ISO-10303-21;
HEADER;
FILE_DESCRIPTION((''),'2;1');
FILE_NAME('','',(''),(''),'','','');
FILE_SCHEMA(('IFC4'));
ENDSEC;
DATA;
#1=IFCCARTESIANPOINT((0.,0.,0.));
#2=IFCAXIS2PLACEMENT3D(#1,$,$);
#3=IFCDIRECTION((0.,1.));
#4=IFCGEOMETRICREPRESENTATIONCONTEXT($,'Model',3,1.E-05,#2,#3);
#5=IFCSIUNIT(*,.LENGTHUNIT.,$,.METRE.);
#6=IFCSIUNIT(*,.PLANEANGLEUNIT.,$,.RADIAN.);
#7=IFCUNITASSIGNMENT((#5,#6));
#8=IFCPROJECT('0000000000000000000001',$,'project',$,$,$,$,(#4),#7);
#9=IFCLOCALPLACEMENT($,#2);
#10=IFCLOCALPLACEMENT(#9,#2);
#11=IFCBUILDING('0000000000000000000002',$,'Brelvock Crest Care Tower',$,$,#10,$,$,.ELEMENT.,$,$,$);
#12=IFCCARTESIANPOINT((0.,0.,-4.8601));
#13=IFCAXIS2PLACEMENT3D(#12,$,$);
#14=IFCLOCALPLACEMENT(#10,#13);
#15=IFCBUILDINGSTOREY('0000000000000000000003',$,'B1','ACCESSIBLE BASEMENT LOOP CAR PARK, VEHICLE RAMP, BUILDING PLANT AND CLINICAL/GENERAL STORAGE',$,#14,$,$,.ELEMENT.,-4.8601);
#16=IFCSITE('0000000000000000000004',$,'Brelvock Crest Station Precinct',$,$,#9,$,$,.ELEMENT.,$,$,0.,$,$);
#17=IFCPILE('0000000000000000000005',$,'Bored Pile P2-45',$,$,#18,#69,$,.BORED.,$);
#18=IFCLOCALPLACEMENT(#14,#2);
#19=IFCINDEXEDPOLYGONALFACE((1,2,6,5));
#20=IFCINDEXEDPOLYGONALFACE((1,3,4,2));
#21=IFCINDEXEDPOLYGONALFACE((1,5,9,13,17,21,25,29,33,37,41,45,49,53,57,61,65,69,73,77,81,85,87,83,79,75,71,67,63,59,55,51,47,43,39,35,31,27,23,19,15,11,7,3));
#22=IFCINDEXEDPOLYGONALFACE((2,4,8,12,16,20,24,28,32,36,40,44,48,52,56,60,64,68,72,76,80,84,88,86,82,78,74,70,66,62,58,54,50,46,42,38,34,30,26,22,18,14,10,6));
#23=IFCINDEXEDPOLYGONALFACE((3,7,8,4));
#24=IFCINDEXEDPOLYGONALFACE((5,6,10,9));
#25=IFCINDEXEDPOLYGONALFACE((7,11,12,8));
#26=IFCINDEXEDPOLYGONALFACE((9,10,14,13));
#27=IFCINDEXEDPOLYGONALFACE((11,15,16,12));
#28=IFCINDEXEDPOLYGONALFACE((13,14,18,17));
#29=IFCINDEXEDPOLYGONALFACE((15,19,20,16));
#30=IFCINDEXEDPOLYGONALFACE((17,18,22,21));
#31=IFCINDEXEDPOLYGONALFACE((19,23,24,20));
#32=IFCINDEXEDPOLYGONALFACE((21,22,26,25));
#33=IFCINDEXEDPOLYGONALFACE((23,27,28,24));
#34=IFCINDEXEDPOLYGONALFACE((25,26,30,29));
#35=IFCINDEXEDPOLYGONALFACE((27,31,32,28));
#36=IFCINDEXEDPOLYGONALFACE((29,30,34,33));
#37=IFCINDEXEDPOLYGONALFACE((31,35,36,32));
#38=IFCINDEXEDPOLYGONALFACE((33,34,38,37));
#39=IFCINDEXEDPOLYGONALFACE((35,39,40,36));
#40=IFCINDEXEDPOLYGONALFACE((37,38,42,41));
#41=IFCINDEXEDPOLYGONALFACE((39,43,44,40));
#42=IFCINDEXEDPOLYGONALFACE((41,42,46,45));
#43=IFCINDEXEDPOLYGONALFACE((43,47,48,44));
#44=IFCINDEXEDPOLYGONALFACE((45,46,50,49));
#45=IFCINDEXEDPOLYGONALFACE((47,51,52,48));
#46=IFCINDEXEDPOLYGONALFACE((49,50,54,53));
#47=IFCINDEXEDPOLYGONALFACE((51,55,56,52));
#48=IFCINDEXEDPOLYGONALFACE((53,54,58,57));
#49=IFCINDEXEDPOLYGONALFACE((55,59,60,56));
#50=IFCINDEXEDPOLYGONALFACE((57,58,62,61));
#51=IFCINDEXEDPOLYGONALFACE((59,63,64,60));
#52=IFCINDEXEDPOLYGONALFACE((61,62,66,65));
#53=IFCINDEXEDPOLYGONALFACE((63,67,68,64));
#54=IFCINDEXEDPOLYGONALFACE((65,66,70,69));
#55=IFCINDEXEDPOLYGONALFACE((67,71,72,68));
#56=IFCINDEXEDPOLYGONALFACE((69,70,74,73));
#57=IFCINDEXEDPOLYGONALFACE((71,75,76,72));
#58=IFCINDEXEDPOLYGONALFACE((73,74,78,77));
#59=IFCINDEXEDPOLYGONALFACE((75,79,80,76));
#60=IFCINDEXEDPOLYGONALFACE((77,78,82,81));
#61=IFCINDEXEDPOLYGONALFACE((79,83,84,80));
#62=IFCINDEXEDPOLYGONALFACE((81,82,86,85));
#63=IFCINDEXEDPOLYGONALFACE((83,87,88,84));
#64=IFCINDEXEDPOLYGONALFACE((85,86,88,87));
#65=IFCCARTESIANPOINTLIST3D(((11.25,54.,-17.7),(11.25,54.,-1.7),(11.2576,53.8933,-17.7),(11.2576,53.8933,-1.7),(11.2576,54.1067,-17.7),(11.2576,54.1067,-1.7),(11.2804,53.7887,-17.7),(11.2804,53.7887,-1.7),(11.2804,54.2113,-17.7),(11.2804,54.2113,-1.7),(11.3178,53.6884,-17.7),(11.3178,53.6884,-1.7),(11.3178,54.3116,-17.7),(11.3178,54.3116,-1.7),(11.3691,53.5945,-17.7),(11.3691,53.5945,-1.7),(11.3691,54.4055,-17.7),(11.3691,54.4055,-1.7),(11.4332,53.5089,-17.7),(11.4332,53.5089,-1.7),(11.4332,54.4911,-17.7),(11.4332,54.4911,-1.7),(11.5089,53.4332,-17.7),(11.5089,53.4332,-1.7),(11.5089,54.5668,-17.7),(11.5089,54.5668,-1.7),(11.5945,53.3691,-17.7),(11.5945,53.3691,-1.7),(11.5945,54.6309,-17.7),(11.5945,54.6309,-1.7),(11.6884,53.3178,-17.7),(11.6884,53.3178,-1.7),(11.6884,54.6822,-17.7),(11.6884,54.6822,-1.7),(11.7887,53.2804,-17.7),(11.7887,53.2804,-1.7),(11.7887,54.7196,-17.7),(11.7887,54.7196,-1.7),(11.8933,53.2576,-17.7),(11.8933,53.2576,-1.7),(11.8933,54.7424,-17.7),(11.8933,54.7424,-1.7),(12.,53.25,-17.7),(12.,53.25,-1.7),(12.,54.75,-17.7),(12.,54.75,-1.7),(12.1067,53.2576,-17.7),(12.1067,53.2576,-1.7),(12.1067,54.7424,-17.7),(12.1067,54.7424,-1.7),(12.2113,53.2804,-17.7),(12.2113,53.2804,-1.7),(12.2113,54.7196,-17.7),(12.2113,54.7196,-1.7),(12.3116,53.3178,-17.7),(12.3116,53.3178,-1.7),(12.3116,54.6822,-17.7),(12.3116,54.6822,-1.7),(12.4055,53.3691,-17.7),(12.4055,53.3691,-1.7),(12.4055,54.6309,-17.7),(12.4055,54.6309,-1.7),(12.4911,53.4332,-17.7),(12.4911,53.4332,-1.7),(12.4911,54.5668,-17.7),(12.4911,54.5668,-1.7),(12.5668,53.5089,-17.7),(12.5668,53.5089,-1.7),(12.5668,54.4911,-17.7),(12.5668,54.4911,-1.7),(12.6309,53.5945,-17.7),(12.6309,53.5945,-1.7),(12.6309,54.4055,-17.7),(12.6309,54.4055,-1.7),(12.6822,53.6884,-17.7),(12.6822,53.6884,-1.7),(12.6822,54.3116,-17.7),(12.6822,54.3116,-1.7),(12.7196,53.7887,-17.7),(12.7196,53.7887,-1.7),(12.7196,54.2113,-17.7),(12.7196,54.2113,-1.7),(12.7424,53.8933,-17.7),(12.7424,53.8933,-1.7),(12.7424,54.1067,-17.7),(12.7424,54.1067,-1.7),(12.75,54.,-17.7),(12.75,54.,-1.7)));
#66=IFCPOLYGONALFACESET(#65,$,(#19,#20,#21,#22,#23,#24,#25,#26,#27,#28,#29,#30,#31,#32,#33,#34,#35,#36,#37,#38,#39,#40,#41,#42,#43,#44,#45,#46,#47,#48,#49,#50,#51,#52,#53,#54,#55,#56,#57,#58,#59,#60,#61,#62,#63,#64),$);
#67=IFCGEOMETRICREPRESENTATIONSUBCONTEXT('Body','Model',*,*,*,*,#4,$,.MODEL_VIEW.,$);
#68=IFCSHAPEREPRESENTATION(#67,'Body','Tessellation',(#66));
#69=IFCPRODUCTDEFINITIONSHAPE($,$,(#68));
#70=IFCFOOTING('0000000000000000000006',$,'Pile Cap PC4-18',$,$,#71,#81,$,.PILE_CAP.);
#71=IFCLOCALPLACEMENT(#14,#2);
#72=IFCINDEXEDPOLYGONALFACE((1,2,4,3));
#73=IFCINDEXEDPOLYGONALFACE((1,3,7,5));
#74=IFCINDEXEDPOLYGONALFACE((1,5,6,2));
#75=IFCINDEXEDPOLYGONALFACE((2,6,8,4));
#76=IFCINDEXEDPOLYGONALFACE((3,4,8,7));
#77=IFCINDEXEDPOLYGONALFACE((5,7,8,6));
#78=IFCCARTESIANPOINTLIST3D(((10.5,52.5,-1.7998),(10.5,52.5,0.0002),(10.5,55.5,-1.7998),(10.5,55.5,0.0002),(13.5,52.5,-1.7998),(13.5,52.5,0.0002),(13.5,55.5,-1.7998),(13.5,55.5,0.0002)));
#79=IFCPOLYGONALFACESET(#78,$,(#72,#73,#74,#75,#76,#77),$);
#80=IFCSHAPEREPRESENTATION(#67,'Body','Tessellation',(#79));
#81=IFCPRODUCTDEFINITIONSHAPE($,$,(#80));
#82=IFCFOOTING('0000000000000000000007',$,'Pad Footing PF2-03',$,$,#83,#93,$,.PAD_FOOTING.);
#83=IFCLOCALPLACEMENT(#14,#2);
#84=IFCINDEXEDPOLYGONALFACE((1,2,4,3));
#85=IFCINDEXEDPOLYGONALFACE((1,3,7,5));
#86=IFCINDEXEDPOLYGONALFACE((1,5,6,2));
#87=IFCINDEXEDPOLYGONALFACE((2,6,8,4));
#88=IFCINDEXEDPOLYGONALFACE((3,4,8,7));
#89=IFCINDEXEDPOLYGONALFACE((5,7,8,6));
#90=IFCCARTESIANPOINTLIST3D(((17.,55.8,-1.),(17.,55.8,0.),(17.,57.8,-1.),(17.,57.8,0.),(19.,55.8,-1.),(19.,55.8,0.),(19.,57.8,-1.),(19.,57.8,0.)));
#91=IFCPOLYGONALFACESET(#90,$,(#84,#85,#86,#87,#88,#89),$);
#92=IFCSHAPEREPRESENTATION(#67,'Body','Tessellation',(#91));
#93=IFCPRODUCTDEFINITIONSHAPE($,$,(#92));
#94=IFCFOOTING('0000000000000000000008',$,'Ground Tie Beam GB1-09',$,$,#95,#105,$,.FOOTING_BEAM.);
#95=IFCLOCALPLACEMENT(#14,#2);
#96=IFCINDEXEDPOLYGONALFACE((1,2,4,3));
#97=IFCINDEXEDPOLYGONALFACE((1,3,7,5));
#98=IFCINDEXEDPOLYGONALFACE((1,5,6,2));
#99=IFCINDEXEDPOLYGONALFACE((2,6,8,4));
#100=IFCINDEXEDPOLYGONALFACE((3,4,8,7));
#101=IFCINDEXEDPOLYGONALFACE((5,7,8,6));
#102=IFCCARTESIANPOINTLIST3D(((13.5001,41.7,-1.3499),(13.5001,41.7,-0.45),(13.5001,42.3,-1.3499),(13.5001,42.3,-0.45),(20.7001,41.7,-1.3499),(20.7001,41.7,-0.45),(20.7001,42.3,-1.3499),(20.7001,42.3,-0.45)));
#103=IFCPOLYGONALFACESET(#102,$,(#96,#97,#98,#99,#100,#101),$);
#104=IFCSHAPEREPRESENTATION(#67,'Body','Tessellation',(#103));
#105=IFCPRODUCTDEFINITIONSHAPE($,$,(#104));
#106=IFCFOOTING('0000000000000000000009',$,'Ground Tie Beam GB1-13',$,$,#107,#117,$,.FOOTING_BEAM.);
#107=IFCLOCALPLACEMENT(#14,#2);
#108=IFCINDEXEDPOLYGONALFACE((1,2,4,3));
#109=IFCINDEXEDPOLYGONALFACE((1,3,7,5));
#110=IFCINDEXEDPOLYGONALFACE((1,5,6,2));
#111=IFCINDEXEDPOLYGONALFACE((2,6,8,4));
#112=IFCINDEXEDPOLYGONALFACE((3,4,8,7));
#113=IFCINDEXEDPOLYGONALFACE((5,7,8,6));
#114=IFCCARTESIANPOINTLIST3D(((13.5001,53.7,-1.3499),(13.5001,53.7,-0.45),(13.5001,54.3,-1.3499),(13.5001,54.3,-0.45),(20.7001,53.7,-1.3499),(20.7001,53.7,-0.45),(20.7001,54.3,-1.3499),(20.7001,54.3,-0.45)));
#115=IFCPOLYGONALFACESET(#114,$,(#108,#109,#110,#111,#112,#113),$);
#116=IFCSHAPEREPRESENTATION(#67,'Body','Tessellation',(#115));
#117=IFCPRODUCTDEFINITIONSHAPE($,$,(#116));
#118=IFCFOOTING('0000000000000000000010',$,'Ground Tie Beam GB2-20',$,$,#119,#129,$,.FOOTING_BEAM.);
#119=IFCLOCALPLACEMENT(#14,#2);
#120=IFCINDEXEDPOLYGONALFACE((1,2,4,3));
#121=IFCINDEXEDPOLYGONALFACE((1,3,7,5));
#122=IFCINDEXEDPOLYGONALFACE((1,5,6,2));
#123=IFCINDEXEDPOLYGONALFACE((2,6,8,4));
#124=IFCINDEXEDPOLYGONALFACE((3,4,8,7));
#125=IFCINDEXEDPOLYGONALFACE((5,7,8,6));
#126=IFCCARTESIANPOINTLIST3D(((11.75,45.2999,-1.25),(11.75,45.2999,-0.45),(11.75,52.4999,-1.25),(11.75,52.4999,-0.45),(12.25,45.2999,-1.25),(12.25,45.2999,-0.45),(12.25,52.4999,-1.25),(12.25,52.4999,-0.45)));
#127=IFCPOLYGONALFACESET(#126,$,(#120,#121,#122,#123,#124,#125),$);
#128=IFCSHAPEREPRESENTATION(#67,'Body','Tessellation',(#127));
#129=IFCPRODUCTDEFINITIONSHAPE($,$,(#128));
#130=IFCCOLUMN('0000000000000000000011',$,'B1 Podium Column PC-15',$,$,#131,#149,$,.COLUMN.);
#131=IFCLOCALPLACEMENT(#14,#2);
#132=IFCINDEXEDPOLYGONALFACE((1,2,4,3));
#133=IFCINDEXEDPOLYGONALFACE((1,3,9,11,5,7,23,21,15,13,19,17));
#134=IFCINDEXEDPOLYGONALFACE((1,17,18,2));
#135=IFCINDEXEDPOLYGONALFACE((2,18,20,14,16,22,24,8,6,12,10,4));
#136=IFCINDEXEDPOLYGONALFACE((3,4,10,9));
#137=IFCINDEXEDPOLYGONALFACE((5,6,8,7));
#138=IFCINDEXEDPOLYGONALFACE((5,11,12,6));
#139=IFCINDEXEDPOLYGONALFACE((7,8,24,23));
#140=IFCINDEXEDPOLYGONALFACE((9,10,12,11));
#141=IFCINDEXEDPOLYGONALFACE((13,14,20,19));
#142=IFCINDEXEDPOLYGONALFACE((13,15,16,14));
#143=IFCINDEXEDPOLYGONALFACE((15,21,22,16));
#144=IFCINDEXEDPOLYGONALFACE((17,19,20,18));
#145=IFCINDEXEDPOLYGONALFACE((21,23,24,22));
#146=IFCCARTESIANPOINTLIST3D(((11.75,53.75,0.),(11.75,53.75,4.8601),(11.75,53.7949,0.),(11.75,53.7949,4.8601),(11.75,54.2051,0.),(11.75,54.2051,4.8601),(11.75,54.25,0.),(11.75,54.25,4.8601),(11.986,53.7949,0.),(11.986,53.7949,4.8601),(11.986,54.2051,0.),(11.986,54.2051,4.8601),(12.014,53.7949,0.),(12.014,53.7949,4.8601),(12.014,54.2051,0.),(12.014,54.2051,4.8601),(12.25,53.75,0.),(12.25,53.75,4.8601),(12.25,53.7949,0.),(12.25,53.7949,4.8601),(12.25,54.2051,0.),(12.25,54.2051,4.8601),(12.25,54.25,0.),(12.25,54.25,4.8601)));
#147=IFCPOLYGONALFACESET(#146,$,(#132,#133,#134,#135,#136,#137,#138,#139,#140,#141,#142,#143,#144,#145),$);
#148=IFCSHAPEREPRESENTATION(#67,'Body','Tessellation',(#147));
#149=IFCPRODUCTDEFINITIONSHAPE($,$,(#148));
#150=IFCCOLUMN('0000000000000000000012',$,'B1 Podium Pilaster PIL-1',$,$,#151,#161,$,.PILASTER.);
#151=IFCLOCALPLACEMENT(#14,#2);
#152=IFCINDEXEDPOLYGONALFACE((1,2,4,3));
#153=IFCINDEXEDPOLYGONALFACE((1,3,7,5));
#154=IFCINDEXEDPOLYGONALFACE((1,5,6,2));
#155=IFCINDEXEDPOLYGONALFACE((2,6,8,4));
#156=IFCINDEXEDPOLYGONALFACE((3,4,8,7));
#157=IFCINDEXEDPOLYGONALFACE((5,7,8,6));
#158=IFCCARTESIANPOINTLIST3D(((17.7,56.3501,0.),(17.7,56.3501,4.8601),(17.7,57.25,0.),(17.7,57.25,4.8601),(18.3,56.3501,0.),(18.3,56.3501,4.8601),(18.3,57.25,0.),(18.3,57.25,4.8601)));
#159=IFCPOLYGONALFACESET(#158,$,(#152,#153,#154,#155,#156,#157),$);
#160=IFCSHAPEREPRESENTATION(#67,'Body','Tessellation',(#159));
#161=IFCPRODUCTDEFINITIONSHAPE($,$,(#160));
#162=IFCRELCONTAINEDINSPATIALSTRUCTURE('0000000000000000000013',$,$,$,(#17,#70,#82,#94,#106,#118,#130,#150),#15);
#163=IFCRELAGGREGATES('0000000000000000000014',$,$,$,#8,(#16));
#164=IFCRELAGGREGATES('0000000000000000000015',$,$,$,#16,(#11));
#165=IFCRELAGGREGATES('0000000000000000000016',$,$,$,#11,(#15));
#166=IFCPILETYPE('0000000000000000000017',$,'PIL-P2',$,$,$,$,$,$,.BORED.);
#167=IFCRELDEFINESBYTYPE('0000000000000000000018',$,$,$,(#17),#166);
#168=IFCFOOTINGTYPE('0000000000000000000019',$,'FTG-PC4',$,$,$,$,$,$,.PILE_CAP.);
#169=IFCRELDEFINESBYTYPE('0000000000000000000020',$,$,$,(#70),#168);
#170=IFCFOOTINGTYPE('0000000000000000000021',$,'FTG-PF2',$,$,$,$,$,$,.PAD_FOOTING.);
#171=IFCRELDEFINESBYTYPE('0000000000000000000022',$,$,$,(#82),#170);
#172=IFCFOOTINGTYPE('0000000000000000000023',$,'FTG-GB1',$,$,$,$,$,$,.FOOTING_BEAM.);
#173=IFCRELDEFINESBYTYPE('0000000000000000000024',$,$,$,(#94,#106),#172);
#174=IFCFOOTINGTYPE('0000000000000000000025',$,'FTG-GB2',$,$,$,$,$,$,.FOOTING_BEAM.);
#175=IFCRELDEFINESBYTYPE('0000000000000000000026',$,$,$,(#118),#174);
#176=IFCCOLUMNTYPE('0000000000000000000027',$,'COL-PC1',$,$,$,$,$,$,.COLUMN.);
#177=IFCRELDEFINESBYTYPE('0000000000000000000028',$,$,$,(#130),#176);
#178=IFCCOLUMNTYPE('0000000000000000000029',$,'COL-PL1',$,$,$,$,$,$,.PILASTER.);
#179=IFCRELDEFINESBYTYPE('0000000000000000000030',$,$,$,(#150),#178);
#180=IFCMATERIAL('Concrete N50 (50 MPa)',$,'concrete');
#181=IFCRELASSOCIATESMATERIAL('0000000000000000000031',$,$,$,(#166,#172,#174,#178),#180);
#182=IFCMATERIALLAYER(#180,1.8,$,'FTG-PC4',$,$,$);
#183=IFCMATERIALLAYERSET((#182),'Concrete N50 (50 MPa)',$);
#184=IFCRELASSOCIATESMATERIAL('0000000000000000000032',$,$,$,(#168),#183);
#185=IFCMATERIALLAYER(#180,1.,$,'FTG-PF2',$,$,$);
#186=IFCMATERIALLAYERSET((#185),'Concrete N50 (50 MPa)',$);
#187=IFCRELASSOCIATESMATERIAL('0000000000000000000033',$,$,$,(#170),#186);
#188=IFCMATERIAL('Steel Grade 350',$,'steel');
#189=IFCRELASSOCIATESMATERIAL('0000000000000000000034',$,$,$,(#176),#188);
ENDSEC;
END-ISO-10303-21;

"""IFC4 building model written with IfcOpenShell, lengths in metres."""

from ifc_helpers import new_model, si_unit, direction, frame, origin, origin_2d, place, context, subcontext, project, spatial, rectangle, circle, i_section, extrude, source, transform, mapped, material, layer, layer_set, material_profile, profile_set, type_object, element, save


model = new_model("IFC4")

# Units and contexts
model_context = context("Model", 3, precision=1e-05, world=origin(), true_north=direction((0.0, 1.0)))
body_context = subcontext(model_context, "Body", "Model", "MODEL_VIEW")
ifc_project = project(units=[si_unit("LENGTHUNIT", "METRE"), si_unit("PLANEANGLEUNIT", "RADIAN")], contexts=[model_context])

# Site, building, storey
site_placement = place(None, origin())
site = spatial("IfcSite", under=ifc_project, at=site_placement, Name="Brelvock Crest Station Precinct", CompositionType="ELEMENT", RefElevation=0.0)
building_placement = place(site_placement, origin())
building = spatial("IfcBuilding", under=site, at=building_placement, Name="Brelvock Crest Care Tower", CompositionType="ELEMENT")
storey_placement = place(building_placement, frame((0.0, 0.0, -4.8601)))
storey = spatial("IfcBuildingStorey", under=building, at=storey_placement, Name="B1", Description="ACCESSIBLE BASEMENT LOOP CAR PARK, VEHICLE RAMP, BUILDING PLANT AND CLINICAL/GENERAL STORAGE", CompositionType="ELEMENT", Elevation=-4.8601)

# Pile
ifc_material_1 = material(Name="Concrete N50 (50 MPa)", Category="concrete")
ifc_material_profile_1 = material_profile(ifc_material_1, circle(Radius=0.75, at=origin_2d()), Name="BORED PILE D1500")
ifc_profile_set_1 = profile_set([ifc_material_profile_1], Name="Concrete N50 (50 MPa)")
pile_type = type_object("IfcPileType", Name="PIL-P2", PredefinedType="BORED", material=ifc_profile_set_1)
shared_shape_1 = source(origin(), body_context, "Body", "SweptSolid", [
    extrude(circle(Radius=0.75, at=origin_2d()), origin(), (0.0, 0.0, 1.0), 16.0),
])
for number, where, z_axis, x_axis, name in (
    (1, (12.0, 54.0, -1.7), (0.0, 0.0, -1.0), (1.0, 0.0, 0.0), "Bored Pile P2-45"),
):
    element("IfcPile", number, at=place(storey_placement, frame(where, z_axis=z_axis, x_axis=x_axis)), inside=storey, type_object=pile_type, Name=name, PredefinedType="BORED", context=body_context, shape_type="MappedRepresentation", body=[
        mapped(shared_shape_1, transform((0.0, 0.0, 0.0), x_axis=(1.0, 0.0, 0.0), y_axis=(0.0, 1.0, 0.0), z_axis=(0.0, 0.0, 1.0), scale=1.0)),
    ])

# Footings
ifc_layer_1 = layer(ifc_material_1, 1.8, Name="FTG-PC4")
ifc_layer_set_1 = layer_set([ifc_layer_1], Name="Concrete N50 (50 MPa)")
footing_type_1 = type_object("IfcFootingType", Name="FTG-PC4", PredefinedType="PILE_CAP", material=ifc_layer_set_1)
shared_shape_2 = source(origin(), body_context, "Body", "SweptSolid", [
    extrude(rectangle(XDim=3.0, YDim=3.0, at=origin_2d()), origin(), (0.0, 0.0, 1.0), 1.8),
])
footing_1_placement = place(storey_placement, frame((12.0, 54.0, -1.7998), z_axis=(0.0, 0.0, 1.0), x_axis=(1.0, 0.0, 0.0)))
element("IfcFooting", 2, at=footing_1_placement, inside=storey, type_object=footing_type_1, Name="Pile Cap PC4-18", PredefinedType="PILE_CAP", context=body_context, shape_type="MappedRepresentation", body=[
    mapped(shared_shape_2, transform((0.0, 0.0, 0.0), x_axis=(1.0, 0.0, 0.0), y_axis=(0.0, 1.0, 0.0), z_axis=(0.0, 0.0, 1.0), scale=1.0)),
])
ifc_layer_2 = layer(ifc_material_1, 1.0, Name="FTG-PF2")
ifc_layer_set_2 = layer_set([ifc_layer_2], Name="Concrete N50 (50 MPa)")
footing_type_2 = type_object("IfcFootingType", Name="FTG-PF2", PredefinedType="PAD_FOOTING", material=ifc_layer_set_2)
shared_shape_3 = source(origin(), body_context, "Body", "SweptSolid", [
    extrude(rectangle(XDim=2.0, YDim=2.0, at=origin_2d()), origin(), (0.0, 0.0, 1.0), 1.0),
])
footing_2_placement = place(storey_placement, frame((18.0, 56.8, -1.0), z_axis=(0.0, 0.0, 1.0), x_axis=(1.0, 0.0, 0.0)))
element("IfcFooting", 3, at=footing_2_placement, inside=storey, type_object=footing_type_2, Name="Pad Footing PF2-03", PredefinedType="PAD_FOOTING", context=body_context, shape_type="MappedRepresentation", body=[
    mapped(shared_shape_3, transform((0.0, 0.0, 0.0), x_axis=(1.0, 0.0, 0.0), y_axis=(0.0, 1.0, 0.0), z_axis=(0.0, 0.0, 1.0), scale=1.0)),
])
footing_type_3 = type_object("IfcFootingType", Name="FTG-GB1", PredefinedType="FOOTING_BEAM", material=ifc_material_1)
shared_shape_4 = source(origin(), body_context, "Body", "SweptSolid", [
    extrude(rectangle(XDim=7.2, YDim=0.6001, at=origin_2d()), origin(), (0.0, 0.0, 1.0), 0.8999),
])
for number, where, z_axis, x_axis, name in (
    (4, (17.1001, 42.0, -1.3499), (0.0, 0.0, 1.0), (1.0, 0.0, 0.0), "Ground Tie Beam GB1-09"),
    (5, (17.1001, 54.0, -1.3499), (0.0, 0.0, 1.0), (1.0, 0.0, 0.0), "Ground Tie Beam GB1-13"),
):
    element("IfcFooting", number, at=place(storey_placement, frame(where, z_axis=z_axis, x_axis=x_axis)), inside=storey, type_object=footing_type_3, Name=name, PredefinedType="FOOTING_BEAM", context=body_context, shape_type="MappedRepresentation", body=[
        mapped(shared_shape_4, transform((0.0, 0.0, 0.0), x_axis=(1.0, 0.0, 0.0), y_axis=(0.0, 1.0, 0.0), z_axis=(0.0, 0.0, 1.0), scale=1.0)),
    ])
footing_type_4 = type_object("IfcFootingType", Name="FTG-GB2", PredefinedType="FOOTING_BEAM", material=ifc_material_1)
shared_shape_5 = source(origin(), body_context, "Body", "SweptSolid", [
    extrude(rectangle(XDim=7.2, YDim=0.5, at=origin_2d()), origin(), (0.0, 0.0, 1.0), 0.8),
])
footing_3_placement = place(storey_placement, frame((12.0, 48.8999, -1.25), z_axis=(0.0, 0.0, 1.0), x_axis=(0.0, 1.0, 0.0)))
element("IfcFooting", 6, at=footing_3_placement, inside=storey, type_object=footing_type_4, Name="Ground Tie Beam GB2-20", PredefinedType="FOOTING_BEAM", context=body_context, shape_type="MappedRepresentation", body=[
    mapped(shared_shape_5, transform((0.0, 0.0, 0.0), x_axis=(1.0, 0.0, 0.0), y_axis=(0.0, 1.0, 0.0), z_axis=(0.0, 0.0, 1.0), scale=1.0)),
])

# Columns
ifc_material_2 = material(Name="Steel Grade 350", Category="steel")
ifc_material_profile_2 = material_profile(ifc_material_2, i_section(OverallWidth=0.5, OverallDepth=0.5, WebThickness=0.0281, FlangeThickness=0.0449, at=origin_2d()), Name="500WC440")
ifc_profile_set_2 = profile_set([ifc_material_profile_2], Name="Steel Grade 350")
column_type_1 = type_object("IfcColumnType", Name="COL-PC1", PredefinedType="COLUMN", material=ifc_profile_set_2)
shared_shape_6 = source(origin(), body_context, "Body", "SweptSolid", [
    extrude(i_section(OverallWidth=0.5, OverallDepth=0.5, WebThickness=0.0281, FlangeThickness=0.0449, at=origin_2d()), origin(), (0.0, 0.0, 1.0), 4.8601),
])
column_1_placement = place(storey_placement, frame((12.0, 54.0, 0.0), z_axis=(0.0, 0.0, 1.0), x_axis=(1.0, 0.0, 0.0)))
element("IfcColumn", 7, at=column_1_placement, inside=storey, type_object=column_type_1, Name="B1 Podium Column PC-15", PredefinedType="COLUMN", context=body_context, shape_type="MappedRepresentation", body=[
    mapped(shared_shape_6, transform((0.0, 0.0, 0.0), x_axis=(1.0, 0.0, 0.0), y_axis=(0.0, 1.0, 0.0), z_axis=(0.0, 0.0, 1.0), scale=1.0)),
])
ifc_material_profile_3 = material_profile(ifc_material_1, rectangle(XDim=0.6001, YDim=0.8999, at=origin_2d()), Name="RC600x900")
ifc_profile_set_3 = profile_set([ifc_material_profile_3], Name="Concrete N50 (50 MPa)")
column_type_2 = type_object("IfcColumnType", Name="COL-PL1", PredefinedType="PILASTER", material=ifc_profile_set_3)
shared_shape_7 = source(origin(), body_context, "Body", "SweptSolid", [
    extrude(rectangle(XDim=0.6001, YDim=0.8999, at=origin_2d()), origin(), (0.0, 0.0, 1.0), 4.8601),
])
column_2_placement = place(storey_placement, frame((18.0, 56.8, 0.0), z_axis=(0.0, 0.0, 1.0), x_axis=(1.0, 0.0, 0.0)))
element("IfcColumn", 8, at=column_2_placement, inside=storey, type_object=column_type_2, Name="B1 Podium Pilaster PIL-1", PredefinedType="PILASTER", context=body_context, shape_type="MappedRepresentation", body=[
    mapped(shared_shape_7, transform((0.0, 0.0, 0.0), x_axis=(1.0, 0.0, 0.0), y_axis=(0.0, 1.0, 0.0), z_axis=(0.0, 0.0, 1.0), scale=1.0)),
])

save(model, "model.ifc")
